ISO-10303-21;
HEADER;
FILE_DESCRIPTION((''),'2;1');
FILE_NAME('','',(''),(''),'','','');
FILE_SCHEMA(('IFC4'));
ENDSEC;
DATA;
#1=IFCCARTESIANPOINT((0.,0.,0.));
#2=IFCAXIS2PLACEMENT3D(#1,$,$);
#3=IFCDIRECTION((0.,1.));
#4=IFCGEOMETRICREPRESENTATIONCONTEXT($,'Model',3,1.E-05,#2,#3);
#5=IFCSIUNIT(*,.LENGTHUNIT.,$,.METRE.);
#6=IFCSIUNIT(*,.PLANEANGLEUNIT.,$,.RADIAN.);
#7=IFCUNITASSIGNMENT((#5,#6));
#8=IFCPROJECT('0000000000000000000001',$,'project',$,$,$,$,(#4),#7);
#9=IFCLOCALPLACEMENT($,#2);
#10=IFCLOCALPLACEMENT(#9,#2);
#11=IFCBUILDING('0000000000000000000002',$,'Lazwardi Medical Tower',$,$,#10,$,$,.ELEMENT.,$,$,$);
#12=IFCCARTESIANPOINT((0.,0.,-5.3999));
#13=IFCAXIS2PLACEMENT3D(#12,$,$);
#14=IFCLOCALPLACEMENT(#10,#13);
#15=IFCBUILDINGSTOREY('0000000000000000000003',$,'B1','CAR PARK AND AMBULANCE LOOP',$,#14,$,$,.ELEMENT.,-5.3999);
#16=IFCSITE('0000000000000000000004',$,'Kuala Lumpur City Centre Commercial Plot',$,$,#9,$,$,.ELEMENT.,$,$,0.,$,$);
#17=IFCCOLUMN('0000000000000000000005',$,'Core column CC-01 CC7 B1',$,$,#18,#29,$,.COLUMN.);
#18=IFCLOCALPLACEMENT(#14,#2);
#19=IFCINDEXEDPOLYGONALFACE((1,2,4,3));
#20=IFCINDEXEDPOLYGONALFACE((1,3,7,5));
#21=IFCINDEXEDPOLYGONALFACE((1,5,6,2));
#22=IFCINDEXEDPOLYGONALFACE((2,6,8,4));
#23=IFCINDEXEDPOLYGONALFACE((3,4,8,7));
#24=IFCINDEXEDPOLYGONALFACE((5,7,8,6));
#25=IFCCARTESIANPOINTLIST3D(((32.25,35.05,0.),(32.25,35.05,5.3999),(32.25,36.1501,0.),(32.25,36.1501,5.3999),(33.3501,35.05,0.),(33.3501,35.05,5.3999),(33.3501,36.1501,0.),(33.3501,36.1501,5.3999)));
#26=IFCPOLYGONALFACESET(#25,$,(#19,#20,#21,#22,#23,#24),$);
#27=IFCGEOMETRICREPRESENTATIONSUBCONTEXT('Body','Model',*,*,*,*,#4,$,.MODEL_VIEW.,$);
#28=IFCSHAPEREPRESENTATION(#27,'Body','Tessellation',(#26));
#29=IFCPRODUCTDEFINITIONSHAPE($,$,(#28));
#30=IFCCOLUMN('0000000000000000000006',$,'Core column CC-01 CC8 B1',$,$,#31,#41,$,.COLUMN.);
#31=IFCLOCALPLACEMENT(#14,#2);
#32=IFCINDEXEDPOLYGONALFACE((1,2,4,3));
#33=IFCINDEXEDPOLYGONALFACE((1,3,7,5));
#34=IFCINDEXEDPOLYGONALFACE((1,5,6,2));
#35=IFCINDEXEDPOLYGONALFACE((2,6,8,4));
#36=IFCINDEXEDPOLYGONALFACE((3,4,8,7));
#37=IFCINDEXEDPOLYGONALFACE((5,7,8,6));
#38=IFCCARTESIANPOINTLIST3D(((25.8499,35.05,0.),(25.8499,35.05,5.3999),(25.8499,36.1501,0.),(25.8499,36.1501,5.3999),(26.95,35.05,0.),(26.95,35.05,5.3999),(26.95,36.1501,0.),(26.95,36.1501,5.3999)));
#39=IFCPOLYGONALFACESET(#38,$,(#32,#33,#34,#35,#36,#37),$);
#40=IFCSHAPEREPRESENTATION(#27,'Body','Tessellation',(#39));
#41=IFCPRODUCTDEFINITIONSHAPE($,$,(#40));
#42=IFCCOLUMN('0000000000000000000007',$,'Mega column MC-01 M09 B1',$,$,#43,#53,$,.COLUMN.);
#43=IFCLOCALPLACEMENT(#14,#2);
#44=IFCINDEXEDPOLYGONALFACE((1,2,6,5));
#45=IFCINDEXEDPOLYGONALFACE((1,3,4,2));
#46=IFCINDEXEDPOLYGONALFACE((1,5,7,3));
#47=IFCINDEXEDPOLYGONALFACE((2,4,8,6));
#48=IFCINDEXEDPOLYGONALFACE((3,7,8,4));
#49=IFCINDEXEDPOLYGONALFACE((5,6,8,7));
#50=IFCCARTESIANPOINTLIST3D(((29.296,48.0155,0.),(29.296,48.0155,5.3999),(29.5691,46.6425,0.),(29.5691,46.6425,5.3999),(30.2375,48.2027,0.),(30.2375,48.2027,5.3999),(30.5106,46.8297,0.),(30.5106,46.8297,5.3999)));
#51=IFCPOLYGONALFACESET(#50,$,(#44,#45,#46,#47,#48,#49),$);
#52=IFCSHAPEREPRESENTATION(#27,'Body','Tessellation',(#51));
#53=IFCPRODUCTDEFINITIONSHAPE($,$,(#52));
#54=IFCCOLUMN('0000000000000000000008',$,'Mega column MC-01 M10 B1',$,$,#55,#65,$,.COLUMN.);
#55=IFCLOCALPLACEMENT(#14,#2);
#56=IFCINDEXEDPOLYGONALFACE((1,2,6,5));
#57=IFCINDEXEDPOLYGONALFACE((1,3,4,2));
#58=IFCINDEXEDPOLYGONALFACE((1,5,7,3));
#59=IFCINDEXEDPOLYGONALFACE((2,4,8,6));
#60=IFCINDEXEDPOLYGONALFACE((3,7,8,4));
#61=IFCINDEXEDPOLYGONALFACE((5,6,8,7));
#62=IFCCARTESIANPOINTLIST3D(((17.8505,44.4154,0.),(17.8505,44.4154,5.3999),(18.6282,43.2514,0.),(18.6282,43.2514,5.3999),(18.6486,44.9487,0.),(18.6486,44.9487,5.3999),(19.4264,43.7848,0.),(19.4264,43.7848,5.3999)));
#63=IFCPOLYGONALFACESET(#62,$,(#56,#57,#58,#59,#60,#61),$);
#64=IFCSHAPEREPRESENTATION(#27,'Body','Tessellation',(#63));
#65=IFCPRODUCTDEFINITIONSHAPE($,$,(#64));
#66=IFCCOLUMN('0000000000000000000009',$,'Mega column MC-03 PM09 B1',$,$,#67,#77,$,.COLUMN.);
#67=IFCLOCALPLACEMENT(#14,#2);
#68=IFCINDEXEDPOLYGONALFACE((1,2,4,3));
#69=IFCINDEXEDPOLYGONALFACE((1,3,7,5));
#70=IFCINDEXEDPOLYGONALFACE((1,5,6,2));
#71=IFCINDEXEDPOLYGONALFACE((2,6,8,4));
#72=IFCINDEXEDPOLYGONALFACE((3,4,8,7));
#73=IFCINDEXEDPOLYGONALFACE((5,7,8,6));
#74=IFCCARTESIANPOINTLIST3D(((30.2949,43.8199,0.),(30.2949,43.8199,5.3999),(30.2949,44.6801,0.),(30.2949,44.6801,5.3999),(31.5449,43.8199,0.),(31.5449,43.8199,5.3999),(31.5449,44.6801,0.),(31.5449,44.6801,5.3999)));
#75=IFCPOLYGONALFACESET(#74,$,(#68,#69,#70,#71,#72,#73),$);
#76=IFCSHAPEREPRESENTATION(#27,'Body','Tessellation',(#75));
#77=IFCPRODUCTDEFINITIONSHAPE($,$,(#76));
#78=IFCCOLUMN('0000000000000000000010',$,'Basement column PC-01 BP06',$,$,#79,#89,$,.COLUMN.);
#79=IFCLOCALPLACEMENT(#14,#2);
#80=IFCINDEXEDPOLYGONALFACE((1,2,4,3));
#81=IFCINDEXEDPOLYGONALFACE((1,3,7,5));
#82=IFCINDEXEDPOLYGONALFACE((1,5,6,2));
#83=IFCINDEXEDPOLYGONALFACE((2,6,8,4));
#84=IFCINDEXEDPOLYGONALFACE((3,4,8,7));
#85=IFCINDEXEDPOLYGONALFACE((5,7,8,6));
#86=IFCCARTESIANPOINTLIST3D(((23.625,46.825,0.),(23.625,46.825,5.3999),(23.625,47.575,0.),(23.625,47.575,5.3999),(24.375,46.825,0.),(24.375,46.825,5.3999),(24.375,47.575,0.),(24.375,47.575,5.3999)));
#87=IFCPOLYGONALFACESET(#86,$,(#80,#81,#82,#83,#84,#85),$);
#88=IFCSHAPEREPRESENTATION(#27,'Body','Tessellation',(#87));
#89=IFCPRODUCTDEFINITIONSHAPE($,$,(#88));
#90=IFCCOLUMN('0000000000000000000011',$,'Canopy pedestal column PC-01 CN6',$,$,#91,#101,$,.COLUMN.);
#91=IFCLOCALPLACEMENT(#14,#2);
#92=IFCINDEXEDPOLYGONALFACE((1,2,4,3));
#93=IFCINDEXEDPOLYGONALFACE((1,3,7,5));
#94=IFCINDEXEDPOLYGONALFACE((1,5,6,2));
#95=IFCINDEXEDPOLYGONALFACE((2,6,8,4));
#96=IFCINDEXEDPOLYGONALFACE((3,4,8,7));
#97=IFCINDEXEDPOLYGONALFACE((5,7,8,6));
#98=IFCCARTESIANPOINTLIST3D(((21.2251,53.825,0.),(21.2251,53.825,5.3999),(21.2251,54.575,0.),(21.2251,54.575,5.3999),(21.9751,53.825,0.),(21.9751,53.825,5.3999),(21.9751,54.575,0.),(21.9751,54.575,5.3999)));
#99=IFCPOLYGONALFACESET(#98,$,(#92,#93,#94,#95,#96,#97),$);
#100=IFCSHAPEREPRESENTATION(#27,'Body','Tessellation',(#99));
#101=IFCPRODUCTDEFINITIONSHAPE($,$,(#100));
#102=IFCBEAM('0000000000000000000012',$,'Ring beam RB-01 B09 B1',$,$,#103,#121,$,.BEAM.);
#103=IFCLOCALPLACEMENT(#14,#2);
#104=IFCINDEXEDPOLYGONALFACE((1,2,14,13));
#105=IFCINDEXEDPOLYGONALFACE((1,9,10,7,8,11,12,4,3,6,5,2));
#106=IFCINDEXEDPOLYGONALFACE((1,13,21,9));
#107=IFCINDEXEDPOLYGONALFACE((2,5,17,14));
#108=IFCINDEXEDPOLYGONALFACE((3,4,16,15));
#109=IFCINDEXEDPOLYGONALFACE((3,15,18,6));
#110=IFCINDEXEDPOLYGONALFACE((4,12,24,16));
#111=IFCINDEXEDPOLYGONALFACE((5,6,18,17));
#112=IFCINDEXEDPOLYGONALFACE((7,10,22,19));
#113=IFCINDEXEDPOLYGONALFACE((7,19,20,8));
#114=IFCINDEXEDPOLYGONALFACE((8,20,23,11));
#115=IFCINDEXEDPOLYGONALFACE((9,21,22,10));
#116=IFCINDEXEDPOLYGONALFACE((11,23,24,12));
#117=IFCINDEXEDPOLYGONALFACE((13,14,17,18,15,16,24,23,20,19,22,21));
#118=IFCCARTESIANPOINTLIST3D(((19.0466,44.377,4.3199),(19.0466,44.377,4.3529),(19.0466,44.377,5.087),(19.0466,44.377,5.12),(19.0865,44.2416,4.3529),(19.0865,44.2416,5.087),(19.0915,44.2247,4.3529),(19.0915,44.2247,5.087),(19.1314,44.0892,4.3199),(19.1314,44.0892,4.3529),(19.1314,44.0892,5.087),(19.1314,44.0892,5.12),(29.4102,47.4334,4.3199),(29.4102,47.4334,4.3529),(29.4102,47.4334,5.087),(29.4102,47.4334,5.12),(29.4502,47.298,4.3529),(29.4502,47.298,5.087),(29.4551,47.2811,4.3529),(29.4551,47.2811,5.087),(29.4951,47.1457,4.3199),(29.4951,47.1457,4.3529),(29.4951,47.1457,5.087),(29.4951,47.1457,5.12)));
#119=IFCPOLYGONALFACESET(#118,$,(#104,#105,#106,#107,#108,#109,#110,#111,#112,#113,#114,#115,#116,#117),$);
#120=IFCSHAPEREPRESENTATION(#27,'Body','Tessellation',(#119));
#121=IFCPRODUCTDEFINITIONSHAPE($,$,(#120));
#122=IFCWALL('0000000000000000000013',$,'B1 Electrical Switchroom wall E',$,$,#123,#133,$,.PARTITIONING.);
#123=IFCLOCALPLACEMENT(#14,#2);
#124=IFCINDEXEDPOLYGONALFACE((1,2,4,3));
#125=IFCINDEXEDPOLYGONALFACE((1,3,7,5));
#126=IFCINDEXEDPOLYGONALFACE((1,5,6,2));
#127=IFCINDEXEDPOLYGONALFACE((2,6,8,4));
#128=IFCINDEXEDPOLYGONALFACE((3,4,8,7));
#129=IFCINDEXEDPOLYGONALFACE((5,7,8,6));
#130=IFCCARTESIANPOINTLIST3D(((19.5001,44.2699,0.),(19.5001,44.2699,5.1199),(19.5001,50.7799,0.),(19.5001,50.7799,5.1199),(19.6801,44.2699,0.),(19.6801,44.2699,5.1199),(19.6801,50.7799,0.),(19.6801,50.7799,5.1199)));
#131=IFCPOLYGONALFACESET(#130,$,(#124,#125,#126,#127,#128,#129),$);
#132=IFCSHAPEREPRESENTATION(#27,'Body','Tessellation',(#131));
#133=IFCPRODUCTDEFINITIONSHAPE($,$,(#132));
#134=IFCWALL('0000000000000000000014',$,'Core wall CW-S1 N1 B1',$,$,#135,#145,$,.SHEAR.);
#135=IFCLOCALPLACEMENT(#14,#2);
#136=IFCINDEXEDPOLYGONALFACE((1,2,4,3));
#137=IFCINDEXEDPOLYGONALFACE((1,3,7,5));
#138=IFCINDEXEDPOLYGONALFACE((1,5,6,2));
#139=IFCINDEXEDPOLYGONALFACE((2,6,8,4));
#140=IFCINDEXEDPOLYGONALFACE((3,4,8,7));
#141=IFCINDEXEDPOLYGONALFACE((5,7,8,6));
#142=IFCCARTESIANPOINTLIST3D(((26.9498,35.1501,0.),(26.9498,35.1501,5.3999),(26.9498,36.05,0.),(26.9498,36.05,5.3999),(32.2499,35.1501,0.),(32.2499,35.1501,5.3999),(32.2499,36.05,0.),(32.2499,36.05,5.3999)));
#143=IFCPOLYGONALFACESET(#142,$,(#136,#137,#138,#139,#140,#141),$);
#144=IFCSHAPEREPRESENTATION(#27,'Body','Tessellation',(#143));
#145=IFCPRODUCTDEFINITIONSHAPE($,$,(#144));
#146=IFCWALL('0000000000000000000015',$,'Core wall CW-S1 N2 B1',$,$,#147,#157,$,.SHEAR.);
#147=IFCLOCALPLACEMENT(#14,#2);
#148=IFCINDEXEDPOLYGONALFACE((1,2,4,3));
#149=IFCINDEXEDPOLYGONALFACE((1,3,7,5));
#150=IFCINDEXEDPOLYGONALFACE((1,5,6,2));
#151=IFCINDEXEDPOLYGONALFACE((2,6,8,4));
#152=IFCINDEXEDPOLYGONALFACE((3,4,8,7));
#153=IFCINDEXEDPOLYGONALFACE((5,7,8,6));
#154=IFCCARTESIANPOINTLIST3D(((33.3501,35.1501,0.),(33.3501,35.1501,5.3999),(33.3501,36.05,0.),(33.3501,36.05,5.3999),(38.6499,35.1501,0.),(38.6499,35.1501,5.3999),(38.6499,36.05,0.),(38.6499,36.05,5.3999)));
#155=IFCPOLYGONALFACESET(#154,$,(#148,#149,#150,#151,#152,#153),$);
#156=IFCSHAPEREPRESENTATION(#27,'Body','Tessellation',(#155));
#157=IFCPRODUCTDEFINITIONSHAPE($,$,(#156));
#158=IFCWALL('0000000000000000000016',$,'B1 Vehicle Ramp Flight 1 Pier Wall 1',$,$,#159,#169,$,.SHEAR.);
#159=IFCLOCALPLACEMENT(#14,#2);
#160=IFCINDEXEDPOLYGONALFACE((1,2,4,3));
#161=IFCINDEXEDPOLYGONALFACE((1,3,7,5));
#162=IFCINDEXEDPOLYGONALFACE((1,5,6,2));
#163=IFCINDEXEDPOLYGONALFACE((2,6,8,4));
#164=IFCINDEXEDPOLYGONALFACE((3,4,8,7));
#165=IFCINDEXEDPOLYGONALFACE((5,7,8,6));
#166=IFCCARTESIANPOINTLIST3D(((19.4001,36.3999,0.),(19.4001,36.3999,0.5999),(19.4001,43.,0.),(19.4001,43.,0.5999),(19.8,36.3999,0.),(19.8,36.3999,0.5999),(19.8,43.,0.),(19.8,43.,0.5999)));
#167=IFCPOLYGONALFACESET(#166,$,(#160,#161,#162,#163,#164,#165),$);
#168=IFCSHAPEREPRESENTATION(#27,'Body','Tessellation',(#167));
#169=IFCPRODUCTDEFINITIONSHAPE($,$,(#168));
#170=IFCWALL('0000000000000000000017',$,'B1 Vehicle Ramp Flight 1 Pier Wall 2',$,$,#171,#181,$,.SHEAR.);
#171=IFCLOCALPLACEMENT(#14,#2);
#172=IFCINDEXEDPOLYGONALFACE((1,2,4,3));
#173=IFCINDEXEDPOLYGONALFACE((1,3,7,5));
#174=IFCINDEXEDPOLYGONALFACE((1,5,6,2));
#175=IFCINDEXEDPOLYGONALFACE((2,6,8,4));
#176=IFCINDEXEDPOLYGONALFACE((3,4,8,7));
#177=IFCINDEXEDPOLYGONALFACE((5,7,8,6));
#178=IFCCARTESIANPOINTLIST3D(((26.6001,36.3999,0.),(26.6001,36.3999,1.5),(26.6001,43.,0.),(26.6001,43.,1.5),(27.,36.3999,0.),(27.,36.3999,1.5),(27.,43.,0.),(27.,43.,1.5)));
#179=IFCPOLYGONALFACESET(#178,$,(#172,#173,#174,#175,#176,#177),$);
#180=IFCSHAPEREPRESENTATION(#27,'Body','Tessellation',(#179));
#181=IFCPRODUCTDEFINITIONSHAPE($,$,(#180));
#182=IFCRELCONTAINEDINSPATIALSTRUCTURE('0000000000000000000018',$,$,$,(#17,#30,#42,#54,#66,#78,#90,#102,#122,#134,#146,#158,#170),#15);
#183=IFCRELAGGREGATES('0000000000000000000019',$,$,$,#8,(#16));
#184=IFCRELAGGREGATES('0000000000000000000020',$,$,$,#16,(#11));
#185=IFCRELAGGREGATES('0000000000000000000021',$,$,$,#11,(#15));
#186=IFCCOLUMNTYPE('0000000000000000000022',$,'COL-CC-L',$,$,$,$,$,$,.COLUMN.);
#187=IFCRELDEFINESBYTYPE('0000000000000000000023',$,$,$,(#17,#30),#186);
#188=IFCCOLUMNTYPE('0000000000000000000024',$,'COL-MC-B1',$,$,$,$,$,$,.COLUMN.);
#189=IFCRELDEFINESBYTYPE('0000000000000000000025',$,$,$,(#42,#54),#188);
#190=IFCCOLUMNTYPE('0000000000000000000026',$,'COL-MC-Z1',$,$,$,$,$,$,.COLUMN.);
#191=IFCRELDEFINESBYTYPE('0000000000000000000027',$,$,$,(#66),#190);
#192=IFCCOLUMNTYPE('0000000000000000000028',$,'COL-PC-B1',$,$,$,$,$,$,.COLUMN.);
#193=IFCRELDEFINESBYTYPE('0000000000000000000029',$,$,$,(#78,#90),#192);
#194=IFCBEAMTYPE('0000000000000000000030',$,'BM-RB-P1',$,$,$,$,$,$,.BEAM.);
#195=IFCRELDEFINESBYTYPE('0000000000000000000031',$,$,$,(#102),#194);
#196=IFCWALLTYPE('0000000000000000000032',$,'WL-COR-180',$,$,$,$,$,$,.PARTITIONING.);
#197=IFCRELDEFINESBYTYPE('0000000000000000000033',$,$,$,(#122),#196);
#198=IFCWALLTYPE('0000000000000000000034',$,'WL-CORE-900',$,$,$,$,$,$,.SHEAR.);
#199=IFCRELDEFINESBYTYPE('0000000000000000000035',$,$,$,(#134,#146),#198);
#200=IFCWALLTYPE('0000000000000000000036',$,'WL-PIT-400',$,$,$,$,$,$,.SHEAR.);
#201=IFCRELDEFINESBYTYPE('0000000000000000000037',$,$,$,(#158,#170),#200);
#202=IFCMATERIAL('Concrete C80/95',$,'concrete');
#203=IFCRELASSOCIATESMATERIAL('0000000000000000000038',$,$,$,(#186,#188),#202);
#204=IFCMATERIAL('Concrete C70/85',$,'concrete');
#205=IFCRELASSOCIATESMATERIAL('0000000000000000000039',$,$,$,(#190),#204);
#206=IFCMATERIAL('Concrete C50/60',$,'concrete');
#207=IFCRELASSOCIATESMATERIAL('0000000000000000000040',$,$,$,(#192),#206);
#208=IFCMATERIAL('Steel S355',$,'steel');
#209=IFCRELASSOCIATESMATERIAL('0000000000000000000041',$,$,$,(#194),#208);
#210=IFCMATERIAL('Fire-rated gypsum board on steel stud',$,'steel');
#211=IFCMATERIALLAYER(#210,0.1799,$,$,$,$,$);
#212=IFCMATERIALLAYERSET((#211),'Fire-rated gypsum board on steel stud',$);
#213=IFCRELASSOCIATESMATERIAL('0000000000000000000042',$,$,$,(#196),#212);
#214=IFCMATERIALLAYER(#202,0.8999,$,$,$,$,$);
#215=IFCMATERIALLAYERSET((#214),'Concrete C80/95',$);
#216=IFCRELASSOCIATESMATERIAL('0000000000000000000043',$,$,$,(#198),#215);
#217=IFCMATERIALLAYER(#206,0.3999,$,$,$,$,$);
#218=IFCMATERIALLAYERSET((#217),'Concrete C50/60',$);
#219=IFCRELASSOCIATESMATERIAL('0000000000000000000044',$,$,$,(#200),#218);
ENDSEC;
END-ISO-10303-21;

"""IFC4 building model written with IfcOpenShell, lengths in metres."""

from ifc_helpers import new_model, si_unit, direction, frame, frame_2d, origin, origin_2d, place, context, subcontext, project, spatial, rectangle, i_section, extrude, material, layer, layer_set, material_profile, profile_set, type_object, element, save


model = new_model("IFC4")

# Units and contexts
model_context = context("Model", 3, precision=1e-05, world=origin(), true_north=direction((0.0, 1.0)))
body_context = subcontext(model_context, "Body", "Model", "MODEL_VIEW")
ifc_project = project(units=[si_unit("LENGTHUNIT", "METRE"), si_unit("PLANEANGLEUNIT", "RADIAN")], contexts=[model_context])

# Site, building, storey
site_placement = place(None, origin())
site = spatial("IfcSite", under=ifc_project, at=site_placement, Name="Kuala Lumpur City Centre Commercial Plot", CompositionType="ELEMENT", RefElevation=0.0)
building_placement = place(site_placement, origin())
building = spatial("IfcBuilding", under=site, at=building_placement, Name="Lazwardi Medical Tower", CompositionType="ELEMENT")
storey_placement = place(building_placement, frame((0.0, 0.0, -5.3999)))
storey = spatial("IfcBuildingStorey", under=building, at=storey_placement, Name="B1", Description="CAR PARK AND AMBULANCE LOOP", CompositionType="ELEMENT", Elevation=-5.3999)

# Shared definitions
ifc_material_1 = material(Name="Concrete C50/60", Category="concrete")

# Columns
ifc_material_2 = material(Name="Concrete C80/95", Category="concrete")
ifc_material_profile_1 = material_profile(ifc_material_2, rectangle(XDim=1.1001, YDim=1.1001, at=origin_2d()), Name="RC 1100x1100")
ifc_profile_set_1 = profile_set([ifc_material_profile_1], Name="Concrete C80/95")
column_type_1 = type_object("IfcColumnType", Name="COL-CC-L", PredefinedType="COLUMN", material=ifc_profile_set_1)
for number, where, z_axis, x_axis, name in (
    (1, (32.8, 35.6001, 0.0), (0.0, 0.0, 1.0), (1.0, 0.0, 0.0), "Core column CC-01 CC7 B1"),
    (2, (26.3999, 35.6001, 0.0), (0.0, 0.0, 1.0), (1.0, 0.0, 0.0), "Core column CC-01 CC8 B1"),
):
    element("IfcColumn", number, at=place(storey_placement, frame(where, z_axis=z_axis, x_axis=x_axis)), inside=storey, type_object=column_type_1, Name=name, PredefinedType="COLUMN", context=body_context, shape_type="SweptSolid", body=[
        extrude(rectangle(XDim=1.1001, YDim=1.1001, at=origin_2d()), origin(), (0.0, 0.0, 1.0), 5.3999),
    ])
ifc_material_profile_2 = material_profile(ifc_material_2, rectangle(XDim=1.3999, YDim=0.96, at=origin_2d()), Name="CFT-RECT 1400x960")
ifc_profile_set_2 = profile_set([ifc_material_profile_2], Name="Concrete C80/95")
column_type_2 = type_object("IfcColumnType", Name="COL-MC-B1", PredefinedType="COLUMN", material=ifc_profile_set_2)
for number, where, z_axis, x_axis, name in (
    (3, (29.9033, 47.4226, 0.0), (0.0, 0.0, 1.0), (-0.19509, 0.980785, 0.0), "Mega column MC-01 M09 B1"),
    (4, (18.6384, 44.1001, 0.0), (0.0, 0.0, 1.0), (-0.55557, 0.83147, 0.0), "Mega column MC-01 M10 B1"),
):
    element("IfcColumn", number, at=place(storey_placement, frame(where, z_axis=z_axis, x_axis=x_axis)), inside=storey, type_object=column_type_2, Name=name, PredefinedType="COLUMN", context=body_context, shape_type="SweptSolid", body=[
        extrude(rectangle(XDim=1.3999, YDim=0.96, at=origin_2d()), origin(), (0.0, 0.0, 1.0), 5.3999),
    ])
ifc_material_3 = material(Name="Concrete C70/85", Category="concrete")
ifc_material_profile_3 = material_profile(ifc_material_3, rectangle(XDim=1.25, YDim=0.8601, at=origin_2d()), Name="CFT-RECT 1250x860")
ifc_profile_set_3 = profile_set([ifc_material_profile_3], Name="Concrete C70/85")
column_type_3 = type_object("IfcColumnType", Name="COL-MC-Z1", PredefinedType="COLUMN", material=ifc_profile_set_3)
column_placement = place(storey_placement, frame((30.9199, 44.25, 0.0), z_axis=(0.0, 0.0, 1.0), x_axis=(1.0, 0.0, 0.0)))
element("IfcColumn", 5, at=column_placement, inside=storey, type_object=column_type_3, Name="Mega column MC-03 PM09 B1", PredefinedType="COLUMN", context=body_context, shape_type="SweptSolid", body=[
    extrude(rectangle(XDim=1.25, YDim=0.8601, at=origin_2d()), origin(), (0.0, 0.0, 1.0), 5.3999),
])
ifc_material_profile_4 = material_profile(ifc_material_1, rectangle(XDim=0.75, YDim=0.75, at=origin_2d()), Name="RC 750x750")
ifc_profile_set_4 = profile_set([ifc_material_profile_4], Name="Concrete C50/60")
column_type_4 = type_object("IfcColumnType", Name="COL-PC-B1", PredefinedType="COLUMN", material=ifc_profile_set_4)
for number, where, z_axis, x_axis, name in (
    (6, (24.0, 47.2, 0.0), (0.0, 0.0, 1.0), (1.0, 0.0, 0.0), "Basement column PC-01 BP06"),
    (7, (21.6001, 54.2, 0.0), (0.0, 0.0, 1.0), (1.0, 0.0, 0.0), "Canopy pedestal column PC-01 CN6"),
):
    element("IfcColumn", number, at=place(storey_placement, frame(where, z_axis=z_axis, x_axis=x_axis)), inside=storey, type_object=column_type_4, Name=name, PredefinedType="COLUMN", context=body_context, shape_type="SweptSolid", body=[
        extrude(rectangle(XDim=0.75, YDim=0.75, at=origin_2d()), origin(), (0.0, 0.0, 1.0), 5.3999),
    ])

# Beam
ifc_material_4 = material(Name="Steel S355", Category="steel")
ifc_material_profile_5 = material_profile(ifc_material_4, i_section(OverallWidth=0.3, OverallDepth=0.8, WebThickness=0.0176, FlangeThickness=0.033, at=origin_2d()), Name="HEB 800")
ifc_profile_set_5 = profile_set([ifc_material_profile_5], Name="Steel S355")
beam_type = type_object("IfcBeamType", Name="BM-RB-P1", PredefinedType="BEAM", material=ifc_profile_set_5)
beam_placement = place(storey_placement, frame((29.4526, 47.2896, 4.72), z_axis=(-0.959157, -0.282873, 0.0), x_axis=(0.282873, -0.959157, 0.0)))
element("IfcBeam", 8, at=beam_placement, inside=storey, type_object=beam_type, Name="Ring beam RB-01 B09 B1", PredefinedType="BEAM", context=body_context, shape_type="SweptSolid", body=[
    extrude(i_section(OverallWidth=0.3, OverallDepth=0.8, WebThickness=0.0176, FlangeThickness=0.033, at=origin_2d()), origin(), (0.0, 0.0, 1.0), 10.8049),
])

# Walls
ifc_material_5 = material(Name="Fire-rated gypsum board on steel stud", Category="steel")
ifc_layer_1 = layer(ifc_material_5, 0.1799)
ifc_layer_set_1 = layer_set([ifc_layer_1], Name="Fire-rated gypsum board on steel stud")
wall_type_1 = type_object("IfcWallType", Name="WL-COR-180", PredefinedType="PARTITIONING", material=ifc_layer_set_1)
wall_1_placement = place(storey_placement, frame((19.5901, 44.27, 0.0), z_axis=(0.0, 0.0, 1.0), x_axis=(0.0, 1.0, 0.0)))
element("IfcWall", 9, at=wall_1_placement, inside=storey, type_object=wall_type_1, Name="B1 Electrical Switchroom wall E", PredefinedType="PARTITIONING", context=body_context, shape_type="SweptSolid", body=[
    extrude(rectangle(XDim=6.51, YDim=0.1799, at=frame_2d((3.2549, 0.0))), origin(), (0.0, 0.0, 1.0), 5.1199),
])
ifc_layer_2 = layer(ifc_material_2, 0.8999)
ifc_layer_set_2 = layer_set([ifc_layer_2], Name="Concrete C80/95")
wall_type_2 = type_object("IfcWallType", Name="WL-CORE-900", PredefinedType="SHEAR", material=ifc_layer_set_2)
wall_2_placement = place(storey_placement, frame((26.95, 35.6001, 0.0), z_axis=(0.0, 0.0, 1.0), x_axis=(1.0, 0.0, 0.0)))
element("IfcWall", 10, at=wall_2_placement, inside=storey, type_object=wall_type_2, Name="Core wall CW-S1 N1 B1", PredefinedType="SHEAR", context=body_context, shape_type="SweptSolid", body=[
    extrude(rectangle(XDim=5.3, YDim=0.8999, at=frame_2d((2.6499, 0.0))), origin(), (0.0, 0.0, 1.0), 5.3999),
])
wall_3_placement = place(storey_placement, frame((33.3501, 35.6001, 0.0), z_axis=(0.0, 0.0, 1.0), x_axis=(1.0, 0.0, 0.0)))
element("IfcWall", 11, at=wall_3_placement, inside=storey, type_object=wall_type_2, Name="Core wall CW-S1 N2 B1", PredefinedType="SHEAR", context=body_context, shape_type="SweptSolid", body=[
    extrude(rectangle(XDim=5.2998, YDim=0.8999, at=frame_2d((2.6499, 0.0))), origin(), (0.0, 0.0, 1.0), 5.3999),
])
ifc_layer_3 = layer(ifc_material_1, 0.3999)
ifc_layer_set_3 = layer_set([ifc_layer_3], Name="Concrete C50/60")
wall_type_3 = type_object("IfcWallType", Name="WL-PIT-400", PredefinedType="SHEAR", material=ifc_layer_set_3)
wall_4_placement = place(storey_placement, frame((19.6001, 36.3999, 0.0), z_axis=(0.0, 0.0, 1.0), x_axis=(0.0, 1.0, 0.0)))
element("IfcWall", 12, at=wall_4_placement, inside=storey, type_object=wall_type_3, Name="B1 Vehicle Ramp Flight 1 Pier Wall 1", PredefinedType="SHEAR", context=body_context, shape_type="SweptSolid", body=[
    extrude(rectangle(XDim=6.6001, YDim=0.3999, at=frame_2d((3.3, 0.0))), origin(), (0.0, 0.0, 1.0), 0.5999),
])
wall_5_placement = place(storey_placement, frame((26.8, 36.3999, 0.0), z_axis=(0.0, 0.0, 1.0), x_axis=(0.0, 1.0, 0.0)))
element("IfcWall", 13, at=wall_5_placement, inside=storey, type_object=wall_type_3, Name="B1 Vehicle Ramp Flight 1 Pier Wall 2", PredefinedType="SHEAR", context=body_context, shape_type="SweptSolid", body=[
    extrude(rectangle(XDim=6.6001, YDim=0.3999, at=frame_2d((3.3, 0.0))), origin(), (0.0, 0.0, 1.0), 1.5),
])

save(model, "model.ifc")
